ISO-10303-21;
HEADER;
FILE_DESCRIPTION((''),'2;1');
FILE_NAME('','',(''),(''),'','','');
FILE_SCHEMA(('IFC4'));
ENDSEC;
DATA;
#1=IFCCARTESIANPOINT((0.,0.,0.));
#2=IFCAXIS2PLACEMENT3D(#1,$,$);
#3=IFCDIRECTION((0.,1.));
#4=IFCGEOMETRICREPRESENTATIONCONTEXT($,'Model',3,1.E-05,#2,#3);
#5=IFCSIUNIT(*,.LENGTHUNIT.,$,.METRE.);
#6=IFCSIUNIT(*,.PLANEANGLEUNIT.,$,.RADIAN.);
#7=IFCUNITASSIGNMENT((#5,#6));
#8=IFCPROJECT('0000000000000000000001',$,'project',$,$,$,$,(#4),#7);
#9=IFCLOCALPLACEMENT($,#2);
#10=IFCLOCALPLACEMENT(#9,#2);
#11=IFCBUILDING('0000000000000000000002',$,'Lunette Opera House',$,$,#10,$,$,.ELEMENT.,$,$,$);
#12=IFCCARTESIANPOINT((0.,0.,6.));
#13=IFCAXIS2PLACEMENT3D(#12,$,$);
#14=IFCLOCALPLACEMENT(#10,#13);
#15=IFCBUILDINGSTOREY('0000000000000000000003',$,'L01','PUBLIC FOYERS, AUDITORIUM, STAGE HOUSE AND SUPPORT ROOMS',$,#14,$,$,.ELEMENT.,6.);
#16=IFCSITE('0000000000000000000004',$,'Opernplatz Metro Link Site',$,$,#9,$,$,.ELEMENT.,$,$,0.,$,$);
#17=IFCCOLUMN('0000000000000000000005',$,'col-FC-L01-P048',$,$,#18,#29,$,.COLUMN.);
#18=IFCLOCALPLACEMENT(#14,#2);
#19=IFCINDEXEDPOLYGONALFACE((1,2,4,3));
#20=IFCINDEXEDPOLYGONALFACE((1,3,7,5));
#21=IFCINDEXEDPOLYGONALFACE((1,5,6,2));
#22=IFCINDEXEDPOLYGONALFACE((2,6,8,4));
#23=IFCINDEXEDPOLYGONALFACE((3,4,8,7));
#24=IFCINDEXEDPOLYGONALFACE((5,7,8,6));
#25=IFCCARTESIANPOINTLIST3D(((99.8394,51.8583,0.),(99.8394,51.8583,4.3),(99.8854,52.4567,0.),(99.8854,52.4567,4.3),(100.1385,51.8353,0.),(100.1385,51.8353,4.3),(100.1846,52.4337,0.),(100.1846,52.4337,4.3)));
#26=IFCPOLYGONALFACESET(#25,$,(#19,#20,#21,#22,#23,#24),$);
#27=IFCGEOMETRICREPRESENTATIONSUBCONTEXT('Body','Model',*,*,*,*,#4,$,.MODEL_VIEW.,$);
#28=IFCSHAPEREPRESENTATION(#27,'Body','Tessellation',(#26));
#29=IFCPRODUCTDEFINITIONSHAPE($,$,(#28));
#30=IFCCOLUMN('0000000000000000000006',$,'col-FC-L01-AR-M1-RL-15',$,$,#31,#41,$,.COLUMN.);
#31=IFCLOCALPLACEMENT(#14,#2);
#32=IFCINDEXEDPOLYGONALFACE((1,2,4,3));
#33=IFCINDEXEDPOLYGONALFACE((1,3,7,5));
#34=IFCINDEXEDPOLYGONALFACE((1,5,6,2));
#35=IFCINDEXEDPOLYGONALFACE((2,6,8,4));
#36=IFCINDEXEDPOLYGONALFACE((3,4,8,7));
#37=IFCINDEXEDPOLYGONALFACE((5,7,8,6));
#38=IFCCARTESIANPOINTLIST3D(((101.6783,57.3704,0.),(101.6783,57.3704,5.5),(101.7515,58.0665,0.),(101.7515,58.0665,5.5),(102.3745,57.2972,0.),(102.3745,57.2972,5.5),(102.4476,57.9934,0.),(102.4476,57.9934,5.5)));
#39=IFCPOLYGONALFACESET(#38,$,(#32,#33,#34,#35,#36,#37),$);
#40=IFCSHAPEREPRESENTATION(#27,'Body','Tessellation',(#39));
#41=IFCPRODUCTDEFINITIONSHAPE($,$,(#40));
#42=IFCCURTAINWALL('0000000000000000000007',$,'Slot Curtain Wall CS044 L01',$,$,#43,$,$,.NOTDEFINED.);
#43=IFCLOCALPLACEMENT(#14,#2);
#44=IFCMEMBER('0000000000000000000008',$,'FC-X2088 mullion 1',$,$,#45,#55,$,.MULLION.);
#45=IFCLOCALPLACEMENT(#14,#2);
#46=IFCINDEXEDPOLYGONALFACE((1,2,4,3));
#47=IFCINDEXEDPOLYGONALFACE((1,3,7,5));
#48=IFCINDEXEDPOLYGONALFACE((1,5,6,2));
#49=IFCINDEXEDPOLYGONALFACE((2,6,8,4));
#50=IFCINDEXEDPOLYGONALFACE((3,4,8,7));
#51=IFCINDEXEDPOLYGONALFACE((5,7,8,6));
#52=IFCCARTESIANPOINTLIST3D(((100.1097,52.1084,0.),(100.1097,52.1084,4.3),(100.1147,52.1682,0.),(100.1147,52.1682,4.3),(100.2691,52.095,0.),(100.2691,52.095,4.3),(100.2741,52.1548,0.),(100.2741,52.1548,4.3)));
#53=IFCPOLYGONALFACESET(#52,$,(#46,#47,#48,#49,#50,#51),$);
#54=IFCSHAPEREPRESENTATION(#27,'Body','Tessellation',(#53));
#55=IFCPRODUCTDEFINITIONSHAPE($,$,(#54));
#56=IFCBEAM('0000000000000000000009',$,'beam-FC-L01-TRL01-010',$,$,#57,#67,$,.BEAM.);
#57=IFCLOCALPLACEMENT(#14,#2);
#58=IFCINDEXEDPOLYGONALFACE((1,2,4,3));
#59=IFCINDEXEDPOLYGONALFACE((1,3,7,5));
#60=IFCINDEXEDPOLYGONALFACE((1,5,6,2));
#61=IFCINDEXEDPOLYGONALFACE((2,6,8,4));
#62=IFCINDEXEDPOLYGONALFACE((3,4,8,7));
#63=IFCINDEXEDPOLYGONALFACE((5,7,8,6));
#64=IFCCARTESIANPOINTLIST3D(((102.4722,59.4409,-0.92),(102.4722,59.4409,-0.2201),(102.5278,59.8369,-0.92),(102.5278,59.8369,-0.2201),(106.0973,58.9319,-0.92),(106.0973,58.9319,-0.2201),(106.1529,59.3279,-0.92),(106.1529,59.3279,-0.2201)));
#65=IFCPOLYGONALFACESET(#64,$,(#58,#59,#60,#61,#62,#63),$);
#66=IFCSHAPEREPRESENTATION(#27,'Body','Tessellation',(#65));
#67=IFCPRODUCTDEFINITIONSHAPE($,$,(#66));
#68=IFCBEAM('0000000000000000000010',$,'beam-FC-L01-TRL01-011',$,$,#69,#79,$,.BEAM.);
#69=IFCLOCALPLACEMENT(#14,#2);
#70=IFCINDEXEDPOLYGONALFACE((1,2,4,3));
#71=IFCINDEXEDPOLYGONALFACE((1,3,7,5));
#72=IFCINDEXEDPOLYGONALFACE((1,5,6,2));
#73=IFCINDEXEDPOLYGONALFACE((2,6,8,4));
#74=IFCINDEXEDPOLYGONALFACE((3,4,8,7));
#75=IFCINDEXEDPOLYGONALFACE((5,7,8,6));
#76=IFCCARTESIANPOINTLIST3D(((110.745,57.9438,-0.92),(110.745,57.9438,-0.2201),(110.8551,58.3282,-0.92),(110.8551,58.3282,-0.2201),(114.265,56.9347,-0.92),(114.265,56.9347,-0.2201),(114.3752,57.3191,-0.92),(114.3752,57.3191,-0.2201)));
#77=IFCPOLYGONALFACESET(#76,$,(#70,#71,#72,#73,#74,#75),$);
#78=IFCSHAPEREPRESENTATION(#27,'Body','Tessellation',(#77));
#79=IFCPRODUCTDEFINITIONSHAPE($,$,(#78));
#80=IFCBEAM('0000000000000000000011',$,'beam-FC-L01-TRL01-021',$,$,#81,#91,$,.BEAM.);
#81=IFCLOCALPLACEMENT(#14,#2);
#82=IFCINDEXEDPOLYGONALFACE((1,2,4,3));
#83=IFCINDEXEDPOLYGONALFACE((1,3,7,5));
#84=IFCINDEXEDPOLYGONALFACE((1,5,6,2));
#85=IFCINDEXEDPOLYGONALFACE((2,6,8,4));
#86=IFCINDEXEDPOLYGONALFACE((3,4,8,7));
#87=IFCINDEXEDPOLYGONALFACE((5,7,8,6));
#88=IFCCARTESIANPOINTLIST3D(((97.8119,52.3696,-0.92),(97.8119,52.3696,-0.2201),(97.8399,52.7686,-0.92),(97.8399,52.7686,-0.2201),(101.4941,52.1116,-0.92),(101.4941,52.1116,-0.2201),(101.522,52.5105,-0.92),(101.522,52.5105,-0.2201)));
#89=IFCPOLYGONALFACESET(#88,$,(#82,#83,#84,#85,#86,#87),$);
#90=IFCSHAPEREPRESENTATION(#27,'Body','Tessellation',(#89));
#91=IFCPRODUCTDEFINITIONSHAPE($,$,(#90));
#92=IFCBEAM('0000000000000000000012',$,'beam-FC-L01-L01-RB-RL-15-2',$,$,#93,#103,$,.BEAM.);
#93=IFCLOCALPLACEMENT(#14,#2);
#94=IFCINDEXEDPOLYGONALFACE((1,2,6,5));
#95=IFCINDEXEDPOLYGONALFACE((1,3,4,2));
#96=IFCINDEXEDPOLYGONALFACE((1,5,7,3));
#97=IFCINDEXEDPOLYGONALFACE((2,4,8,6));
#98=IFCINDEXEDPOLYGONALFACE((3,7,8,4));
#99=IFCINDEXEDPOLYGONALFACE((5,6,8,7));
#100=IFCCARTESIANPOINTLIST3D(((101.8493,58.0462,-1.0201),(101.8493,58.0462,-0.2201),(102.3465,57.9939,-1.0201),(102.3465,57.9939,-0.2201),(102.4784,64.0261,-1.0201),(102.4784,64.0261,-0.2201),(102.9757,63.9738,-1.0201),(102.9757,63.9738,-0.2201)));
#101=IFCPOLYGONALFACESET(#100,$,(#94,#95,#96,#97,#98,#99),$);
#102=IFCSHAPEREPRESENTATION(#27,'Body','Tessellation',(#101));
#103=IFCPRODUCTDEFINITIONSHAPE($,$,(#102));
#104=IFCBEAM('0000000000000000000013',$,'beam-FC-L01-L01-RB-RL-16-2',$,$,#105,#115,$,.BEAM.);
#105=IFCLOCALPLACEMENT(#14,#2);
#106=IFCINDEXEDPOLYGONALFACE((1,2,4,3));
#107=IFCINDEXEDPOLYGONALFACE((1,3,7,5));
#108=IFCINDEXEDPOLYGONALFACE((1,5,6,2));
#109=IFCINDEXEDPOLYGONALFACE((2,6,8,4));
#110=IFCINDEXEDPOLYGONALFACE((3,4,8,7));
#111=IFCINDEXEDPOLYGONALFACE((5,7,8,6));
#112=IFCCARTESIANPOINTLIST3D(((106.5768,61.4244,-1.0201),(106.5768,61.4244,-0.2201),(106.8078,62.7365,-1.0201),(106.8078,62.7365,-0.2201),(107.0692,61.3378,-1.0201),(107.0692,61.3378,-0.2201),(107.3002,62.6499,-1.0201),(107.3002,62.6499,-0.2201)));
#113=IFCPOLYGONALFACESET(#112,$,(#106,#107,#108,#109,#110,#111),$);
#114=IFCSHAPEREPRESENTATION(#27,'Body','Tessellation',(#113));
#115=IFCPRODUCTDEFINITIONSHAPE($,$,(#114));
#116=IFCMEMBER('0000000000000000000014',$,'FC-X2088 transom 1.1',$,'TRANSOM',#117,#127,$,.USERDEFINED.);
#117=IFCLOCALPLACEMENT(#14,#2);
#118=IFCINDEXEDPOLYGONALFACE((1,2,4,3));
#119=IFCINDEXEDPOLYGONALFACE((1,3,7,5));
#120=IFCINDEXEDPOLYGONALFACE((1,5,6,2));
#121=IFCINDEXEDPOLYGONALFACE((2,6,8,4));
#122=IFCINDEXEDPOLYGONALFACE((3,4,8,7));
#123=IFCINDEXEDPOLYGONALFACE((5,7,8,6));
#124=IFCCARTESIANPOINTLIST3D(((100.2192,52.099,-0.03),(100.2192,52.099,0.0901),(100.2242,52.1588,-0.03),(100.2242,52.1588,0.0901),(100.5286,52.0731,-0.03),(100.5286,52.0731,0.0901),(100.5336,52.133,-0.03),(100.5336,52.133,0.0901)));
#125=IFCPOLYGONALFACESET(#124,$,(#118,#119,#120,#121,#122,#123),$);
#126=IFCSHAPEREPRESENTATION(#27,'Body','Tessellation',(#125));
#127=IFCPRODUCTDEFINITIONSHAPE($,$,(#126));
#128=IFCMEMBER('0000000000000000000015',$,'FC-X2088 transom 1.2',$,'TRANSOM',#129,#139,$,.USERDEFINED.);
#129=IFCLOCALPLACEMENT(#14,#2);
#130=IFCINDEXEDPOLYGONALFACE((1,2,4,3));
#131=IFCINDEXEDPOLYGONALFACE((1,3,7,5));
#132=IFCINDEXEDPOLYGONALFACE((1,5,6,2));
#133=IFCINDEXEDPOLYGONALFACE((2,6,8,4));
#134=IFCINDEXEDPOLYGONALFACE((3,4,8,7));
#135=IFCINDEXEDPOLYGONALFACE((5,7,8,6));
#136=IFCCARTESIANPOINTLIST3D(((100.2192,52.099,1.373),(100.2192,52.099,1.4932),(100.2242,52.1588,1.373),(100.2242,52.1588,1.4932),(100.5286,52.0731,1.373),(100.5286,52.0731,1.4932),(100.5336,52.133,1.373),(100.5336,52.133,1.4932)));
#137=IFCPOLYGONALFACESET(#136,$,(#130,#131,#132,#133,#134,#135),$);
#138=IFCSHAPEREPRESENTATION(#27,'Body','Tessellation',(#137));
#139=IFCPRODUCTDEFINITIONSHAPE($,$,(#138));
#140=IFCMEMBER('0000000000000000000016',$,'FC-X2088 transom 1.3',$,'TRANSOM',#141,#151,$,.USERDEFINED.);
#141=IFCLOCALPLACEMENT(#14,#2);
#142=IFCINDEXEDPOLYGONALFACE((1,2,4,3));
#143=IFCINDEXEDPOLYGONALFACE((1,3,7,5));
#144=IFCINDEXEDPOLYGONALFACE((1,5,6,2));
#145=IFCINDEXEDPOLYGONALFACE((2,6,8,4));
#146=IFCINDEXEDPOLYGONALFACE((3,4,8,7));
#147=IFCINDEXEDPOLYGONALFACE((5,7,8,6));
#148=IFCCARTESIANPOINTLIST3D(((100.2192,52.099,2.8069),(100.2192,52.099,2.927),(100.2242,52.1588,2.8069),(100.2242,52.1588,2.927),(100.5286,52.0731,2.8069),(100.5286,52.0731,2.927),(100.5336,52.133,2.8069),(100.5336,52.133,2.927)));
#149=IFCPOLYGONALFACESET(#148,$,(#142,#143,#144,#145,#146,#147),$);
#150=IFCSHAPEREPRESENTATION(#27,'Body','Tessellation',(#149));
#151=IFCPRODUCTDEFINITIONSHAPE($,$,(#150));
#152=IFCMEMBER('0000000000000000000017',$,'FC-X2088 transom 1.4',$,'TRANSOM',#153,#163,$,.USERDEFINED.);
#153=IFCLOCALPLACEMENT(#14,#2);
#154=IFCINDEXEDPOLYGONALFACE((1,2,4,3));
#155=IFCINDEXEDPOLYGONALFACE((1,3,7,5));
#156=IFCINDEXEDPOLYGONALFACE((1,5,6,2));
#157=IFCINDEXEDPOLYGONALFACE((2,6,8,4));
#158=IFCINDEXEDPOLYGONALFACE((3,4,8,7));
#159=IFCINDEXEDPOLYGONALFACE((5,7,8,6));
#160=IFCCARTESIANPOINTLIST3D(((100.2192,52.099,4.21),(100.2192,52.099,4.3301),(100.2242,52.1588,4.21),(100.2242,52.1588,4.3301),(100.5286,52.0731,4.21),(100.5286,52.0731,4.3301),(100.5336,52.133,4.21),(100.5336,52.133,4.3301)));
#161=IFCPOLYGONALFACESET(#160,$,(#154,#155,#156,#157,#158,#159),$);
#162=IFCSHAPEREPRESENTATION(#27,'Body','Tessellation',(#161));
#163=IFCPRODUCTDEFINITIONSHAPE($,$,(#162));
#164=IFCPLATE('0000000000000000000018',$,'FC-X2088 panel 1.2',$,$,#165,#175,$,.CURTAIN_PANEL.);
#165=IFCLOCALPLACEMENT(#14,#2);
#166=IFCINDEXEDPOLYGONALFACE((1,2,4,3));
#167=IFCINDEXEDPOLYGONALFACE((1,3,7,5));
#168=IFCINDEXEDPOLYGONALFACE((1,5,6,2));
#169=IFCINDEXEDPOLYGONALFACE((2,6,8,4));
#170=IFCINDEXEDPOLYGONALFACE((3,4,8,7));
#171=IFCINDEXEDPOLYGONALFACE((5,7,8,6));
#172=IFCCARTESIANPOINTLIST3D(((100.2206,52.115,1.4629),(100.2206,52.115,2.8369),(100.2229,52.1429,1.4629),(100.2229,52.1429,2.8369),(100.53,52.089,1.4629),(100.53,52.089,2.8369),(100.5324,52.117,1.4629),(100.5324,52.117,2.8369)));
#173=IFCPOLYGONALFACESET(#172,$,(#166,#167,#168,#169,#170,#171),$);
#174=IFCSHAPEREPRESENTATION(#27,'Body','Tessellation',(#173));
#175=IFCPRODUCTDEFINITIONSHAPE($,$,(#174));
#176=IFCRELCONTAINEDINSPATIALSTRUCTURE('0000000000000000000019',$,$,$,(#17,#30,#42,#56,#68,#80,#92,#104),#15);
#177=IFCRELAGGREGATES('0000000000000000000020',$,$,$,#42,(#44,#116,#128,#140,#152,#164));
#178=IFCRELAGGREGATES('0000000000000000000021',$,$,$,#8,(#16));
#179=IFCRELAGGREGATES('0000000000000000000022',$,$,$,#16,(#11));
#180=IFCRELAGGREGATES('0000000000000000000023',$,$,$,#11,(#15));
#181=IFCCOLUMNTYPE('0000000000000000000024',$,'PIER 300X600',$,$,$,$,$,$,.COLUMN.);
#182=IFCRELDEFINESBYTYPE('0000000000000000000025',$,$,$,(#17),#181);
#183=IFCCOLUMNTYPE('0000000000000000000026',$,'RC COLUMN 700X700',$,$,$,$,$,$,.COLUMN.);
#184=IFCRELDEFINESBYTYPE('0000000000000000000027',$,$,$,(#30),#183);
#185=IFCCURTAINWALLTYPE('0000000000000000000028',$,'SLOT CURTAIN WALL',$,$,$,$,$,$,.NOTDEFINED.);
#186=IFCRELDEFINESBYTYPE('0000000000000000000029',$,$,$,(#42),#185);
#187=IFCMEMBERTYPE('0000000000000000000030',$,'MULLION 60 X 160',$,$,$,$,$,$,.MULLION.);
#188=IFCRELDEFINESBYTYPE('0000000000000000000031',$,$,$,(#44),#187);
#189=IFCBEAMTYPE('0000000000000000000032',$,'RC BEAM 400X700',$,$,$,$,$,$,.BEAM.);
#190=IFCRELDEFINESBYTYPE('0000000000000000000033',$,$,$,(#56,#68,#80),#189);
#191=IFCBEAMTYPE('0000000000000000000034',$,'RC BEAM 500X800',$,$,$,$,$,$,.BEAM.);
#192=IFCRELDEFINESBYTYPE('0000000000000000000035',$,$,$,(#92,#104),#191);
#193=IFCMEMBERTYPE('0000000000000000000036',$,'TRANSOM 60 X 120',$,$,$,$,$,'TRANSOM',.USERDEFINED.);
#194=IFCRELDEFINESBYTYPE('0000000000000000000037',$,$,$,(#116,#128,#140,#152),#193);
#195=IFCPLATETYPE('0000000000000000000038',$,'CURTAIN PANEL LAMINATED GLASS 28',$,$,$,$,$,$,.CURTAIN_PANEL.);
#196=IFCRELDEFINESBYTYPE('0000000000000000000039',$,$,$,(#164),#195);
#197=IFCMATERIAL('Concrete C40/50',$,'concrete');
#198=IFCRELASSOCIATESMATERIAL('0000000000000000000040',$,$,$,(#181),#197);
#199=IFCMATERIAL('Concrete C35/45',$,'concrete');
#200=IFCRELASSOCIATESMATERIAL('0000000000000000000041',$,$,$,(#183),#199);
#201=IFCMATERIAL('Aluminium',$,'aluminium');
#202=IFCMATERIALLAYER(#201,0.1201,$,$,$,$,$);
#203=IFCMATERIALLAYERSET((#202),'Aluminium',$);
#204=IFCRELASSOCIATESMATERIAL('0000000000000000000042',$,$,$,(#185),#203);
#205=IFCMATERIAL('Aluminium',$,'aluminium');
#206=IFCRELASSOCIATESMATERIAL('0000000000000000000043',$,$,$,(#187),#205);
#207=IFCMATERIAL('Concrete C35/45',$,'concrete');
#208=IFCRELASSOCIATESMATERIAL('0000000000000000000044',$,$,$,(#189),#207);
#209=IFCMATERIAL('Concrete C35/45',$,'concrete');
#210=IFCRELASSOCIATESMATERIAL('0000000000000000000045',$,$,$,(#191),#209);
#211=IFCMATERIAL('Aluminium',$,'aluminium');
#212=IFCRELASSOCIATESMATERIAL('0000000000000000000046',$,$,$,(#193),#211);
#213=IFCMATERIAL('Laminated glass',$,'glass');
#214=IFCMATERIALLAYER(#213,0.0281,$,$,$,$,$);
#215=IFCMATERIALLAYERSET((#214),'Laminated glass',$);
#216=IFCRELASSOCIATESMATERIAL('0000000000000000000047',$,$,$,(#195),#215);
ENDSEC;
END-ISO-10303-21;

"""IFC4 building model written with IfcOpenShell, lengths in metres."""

from ifc_helpers import new_model, si_unit, direction, frame, origin, origin_2d, place, context, subcontext, project, spatial, rectangle, extrude, material, layer, layer_set, material_profile, profile_set, type_object, element, aggregate, save


model = new_model("IFC4")

# Units and contexts
model_context = context("Model", 3, precision=1e-05, world=origin(), true_north=direction((0.0, 1.0)))
body_context = subcontext(model_context, "Body", "Model", "MODEL_VIEW")
ifc_project = project(units=[si_unit("LENGTHUNIT", "METRE"), si_unit("PLANEANGLEUNIT", "RADIAN")], contexts=[model_context])

# Site, building, storey
site_placement = place(None, origin())
site = spatial("IfcSite", under=ifc_project, at=site_placement, Name="Opernplatz Metro Link Site", CompositionType="ELEMENT", RefElevation=0.0)
building_placement = place(site_placement, origin())
building = spatial("IfcBuilding", under=site, at=building_placement, Name="Lunette Opera House", CompositionType="ELEMENT")
storey_placement = place(building_placement, frame((0.0, 0.0, 6.0)))
storey = spatial("IfcBuildingStorey", under=building, at=storey_placement, Name="L01", Description="PUBLIC FOYERS, AUDITORIUM, STAGE HOUSE AND SUPPORT ROOMS", CompositionType="ELEMENT", Elevation=6.0)

# Columns
ifc_material_1 = material(Name="Concrete C40/50", Category="concrete")
ifc_material_profile_1 = material_profile(ifc_material_1, rectangle(XDim=0.3, YDim=0.6001, at=origin_2d()), Name="PIER 300X600")
ifc_profile_set_1 = profile_set([ifc_material_profile_1], Name="Concrete C40/50")
column_type_1 = type_object("IfcColumnType", Name="PIER 300X600", PredefinedType="COLUMN", material=ifc_profile_set_1)
column_1_placement = place(storey_placement, frame((100.012, 52.146, 0.0), z_axis=(0.0, 0.0, 1.0), x_axis=(0.997053, -0.076719, 0.0)))
element("IfcColumn", 1, at=column_1_placement, inside=storey, type_object=column_type_1, Name="col-FC-L01-P048", PredefinedType="COLUMN", context=body_context, shape_type="SweptSolid", body=[
    extrude(rectangle(XDim=0.3, YDim=0.6001, at=origin_2d()), origin(), (0.0, 0.0, 1.0), 4.3),
])
ifc_material_2 = material(Name="Concrete C35/45", Category="concrete")
ifc_material_profile_2 = material_profile(ifc_material_2, rectangle(XDim=0.7, YDim=0.7, at=origin_2d()), Name="RC COLUMN 700X700")
ifc_profile_set_2 = profile_set([ifc_material_profile_2], Name="Concrete C35/45")
column_type_2 = type_object("IfcColumnType", Name="RC COLUMN 700X700", PredefinedType="COLUMN", material=ifc_profile_set_2)
column_2_placement = place(storey_placement, frame((102.063, 57.6819, 0.0), z_axis=(0.0, 0.0, 1.0), x_axis=(0.994522, -0.104528, 0.0)))
element("IfcColumn", 2, at=column_2_placement, inside=storey, type_object=column_type_2, Name="col-FC-L01-AR-M1-RL-15", PredefinedType="COLUMN", context=body_context, shape_type="SweptSolid", body=[
    extrude(rectangle(XDim=0.7, YDim=0.7, at=origin_2d()), origin(), (0.0, 0.0, 1.0), 5.5),
])

# Curtain wall, member
ifc_material_3 = material(Name="Aluminium", Category="aluminium")
ifc_layer_1 = layer(ifc_material_3, 0.1201)
ifc_layer_set_1 = layer_set([ifc_layer_1], Name="Aluminium")
curtain_wall_type = type_object("IfcCurtainWallType", Name="SLOT CURTAIN WALL", PredefinedType="NOTDEFINED", material=ifc_layer_set_1)
curtain_wall_placement = place(storey_placement, origin())
curtain_wall = element("IfcCurtainWall", 3, at=curtain_wall_placement, inside=storey, type_object=curtain_wall_type, Name="Slot Curtain Wall CS044 L01", PredefinedType="NOTDEFINED")
ifc_material_4 = material(Name="Aluminium", Category="aluminium")
ifc_material_profile_3 = material_profile(ifc_material_4, rectangle(XDim=0.0601, YDim=0.1599, at=origin_2d()), Name="MULLION 60 X 160")
ifc_profile_set_3 = profile_set([ifc_material_profile_3], Name="Aluminium")
member_type_1 = type_object("IfcMemberType", Name="MULLION 60 X 160", PredefinedType="MULLION", material=ifc_profile_set_3)
member_1_placement = place(storey_placement, frame((100.1919, 52.1316, 0.0), z_axis=(0.0, 0.0, 1.0), x_axis=(0.083622, 0.996498, 0.0)))
member_1 = element("IfcMember", 4, at=member_1_placement, type_object=member_type_1, Name="FC-X2088 mullion 1", PredefinedType="MULLION", context=body_context, shape_type="SweptSolid", body=[
    extrude(rectangle(XDim=0.0601, YDim=0.1599, at=origin_2d()), origin(), (0.0, 0.0, 1.0), 4.3),
])

# Beams
ifc_material_5 = material(Name="Concrete C35/45", Category="concrete")
ifc_material_profile_4 = material_profile(ifc_material_5, rectangle(XDim=0.3999, YDim=0.7, at=origin_2d()), Name="RC BEAM 400X700")
ifc_profile_set_4 = profile_set([ifc_material_profile_4], Name="Concrete C35/45")
beam_type_1 = type_object("IfcBeamType", Name="RC BEAM 400X700", PredefinedType="BEAM", material=ifc_profile_set_4)
beam_1_placement = place(storey_placement, frame((102.5, 59.6389, -0.5701), z_axis=(0.990284, -0.139059, 0.0), x_axis=(0.139059, 0.990284, 0.0)))
element("IfcBeam", 5, at=beam_1_placement, inside=storey, type_object=beam_type_1, Name="beam-FC-L01-TRL01-010", PredefinedType="BEAM", context=body_context, shape_type="SweptSolid", body=[
    extrude(rectangle(XDim=0.3999, YDim=0.7, at=origin_2d()), origin(), (0.0, 0.0, 1.0), 3.6606),
])
beam_2_placement = place(storey_placement, frame((110.8, 58.136, -0.5701), z_axis=(0.961285, -0.275558, 0.0), x_axis=(0.275558, 0.961285, 0.0)))
element("IfcBeam", 6, at=beam_2_placement, inside=storey, type_object=beam_type_1, Name="beam-FC-L01-TRL01-011", PredefinedType="BEAM", context=body_context, shape_type="SweptSolid", body=[
    extrude(rectangle(XDim=0.3999, YDim=0.7, at=origin_2d()), origin(), (0.0, 0.0, 1.0), 3.6619),
])
beam_3_placement = place(storey_placement, frame((101.5081, 52.311, -0.5701), z_axis=(-0.997553, 0.069912, 0.0), x_axis=(-0.069912, -0.997553, 0.0)))
element("IfcBeam", 7, at=beam_3_placement, inside=storey, type_object=beam_type_1, Name="beam-FC-L01-TRL01-021", PredefinedType="BEAM", context=body_context, shape_type="SweptSolid", body=[
    extrude(rectangle(XDim=0.3999, YDim=0.7, at=origin_2d()), origin(), (0.0, 0.0, 1.0), 3.6912),
])
ifc_material_6 = material(Name="Concrete C35/45", Category="concrete")
ifc_material_profile_5 = material_profile(ifc_material_6, rectangle(XDim=0.5, YDim=0.8, at=origin_2d()), Name="RC BEAM 500X800")
ifc_profile_set_5 = profile_set([ifc_material_profile_5], Name="Concrete C35/45")
beam_type_2 = type_object("IfcBeamType", Name="RC BEAM 500X800", PredefinedType="BEAM", material=ifc_profile_set_5)
beam_4_placement = place(storey_placement, frame((102.0979, 58.02, -0.6201), z_axis=(0.104632, 0.994511, 0.0), x_axis=(-0.994511, 0.104632, 0.0)))
element("IfcBeam", 8, at=beam_4_placement, inside=storey, type_object=beam_type_2, Name="beam-FC-L01-L01-RB-RL-15-2", PredefinedType="BEAM", context=body_context, shape_type="SweptSolid", body=[
    extrude(rectangle(XDim=0.5, YDim=0.8, at=origin_2d()), origin(), (0.0, 0.0, 1.0), 6.0129),
])
beam_5_placement = place(storey_placement, frame((106.823, 61.3811, -0.6201), z_axis=(0.173367, 0.984857, 0.0), x_axis=(-0.984857, 0.173367, 0.0)))
element("IfcBeam", 9, at=beam_5_placement, inside=storey, type_object=beam_type_2, Name="beam-FC-L01-L01-RB-RL-16-2", PredefinedType="BEAM", context=body_context, shape_type="SweptSolid", body=[
    extrude(rectangle(XDim=0.5, YDim=0.8, at=origin_2d()), origin(), (0.0, 0.0, 1.0), 1.3323),
])

# Members
ifc_material_7 = material(Name="Aluminium", Category="aluminium")
ifc_material_profile_6 = material_profile(ifc_material_7, rectangle(XDim=0.0601, YDim=0.1201, at=origin_2d()), Name="TRANSOM 60 X 120")
ifc_profile_set_6 = profile_set([ifc_material_profile_6], Name="Aluminium")
member_type_2 = type_object("IfcMemberType", Name="TRANSOM 60 X 120", ElementType="TRANSOM", PredefinedType="USERDEFINED", material=ifc_profile_set_6)
member_2_placement = place(storey_placement, frame((100.2217, 52.1289, 0.03), z_axis=(0.996524, -0.083306, 0.0), x_axis=(0.083306, 0.996524, 0.0)))
member_2 = element("IfcMember", 10, at=member_2_placement, type_object=member_type_2, Name="FC-X2088 transom 1.1", ObjectType="TRANSOM", PredefinedType="USERDEFINED", context=body_context, shape_type="SweptSolid", body=[
    extrude(rectangle(XDim=0.0601, YDim=0.1201, at=origin_2d()), origin(), (0.0, 0.0, 1.0), 0.3105),
])
member_3_placement = place(storey_placement, frame((100.2217, 52.1289, 1.4331), z_axis=(0.996524, -0.083306, 0.0), x_axis=(0.083306, 0.996524, 0.0)))
member_3 = element("IfcMember", 11, at=member_3_placement, type_object=member_type_2, Name="FC-X2088 transom 1.2", ObjectType="TRANSOM", PredefinedType="USERDEFINED", context=body_context, shape_type="SweptSolid", body=[
    extrude(rectangle(XDim=0.0601, YDim=0.1201, at=origin_2d()), origin(), (0.0, 0.0, 1.0), 0.3105),
])
member_4_placement = place(storey_placement, frame((100.2217, 52.1289, 2.8669), z_axis=(0.996524, -0.083306, 0.0), x_axis=(0.083306, 0.996524, 0.0)))
member_4 = element("IfcMember", 12, at=member_4_placement, type_object=member_type_2, Name="FC-X2088 transom 1.3", ObjectType="TRANSOM", PredefinedType="USERDEFINED", context=body_context, shape_type="SweptSolid", body=[
    extrude(rectangle(XDim=0.0601, YDim=0.1201, at=origin_2d()), origin(), (0.0, 0.0, 1.0), 0.3105),
])
member_5_placement = place(storey_placement, frame((100.2217, 52.1289, 4.27), z_axis=(0.996524, -0.083306, 0.0), x_axis=(0.083306, 0.996524, 0.0)))
member_5 = element("IfcMember", 13, at=member_5_placement, type_object=member_type_2, Name="FC-X2088 transom 1.4", ObjectType="TRANSOM", PredefinedType="USERDEFINED", context=body_context, shape_type="SweptSolid", body=[
    extrude(rectangle(XDim=0.0601, YDim=0.1201, at=origin_2d()), origin(), (0.0, 0.0, 1.0), 0.3105),
])

# Plate
ifc_material_8 = material(Name="Laminated glass", Category="glass")
ifc_layer_2 = layer(ifc_material_8, 0.0281)
ifc_layer_set_2 = layer_set([ifc_layer_2], Name="Laminated glass")
plate_type = type_object("IfcPlateType", Name="CURTAIN PANEL LAMINATED GLASS 28", PredefinedType="CURTAIN_PANEL", material=ifc_layer_set_2)
plate_1_placement = place(storey_placement, frame((100.3765, 52.116, 1.4629), z_axis=(0.0, 0.0, 1.0), x_axis=(0.996498, -0.083622, 0.0)))
plate_1 = element("IfcPlate", 14, at=plate_1_placement, type_object=plate_type, Name="FC-X2088 panel 1.2", PredefinedType="CURTAIN_PANEL", context=body_context, shape_type="SweptSolid", body=[
    extrude(rectangle(XDim=0.3105, YDim=0.0281, at=origin_2d()), origin(), (0.0, 0.0, 1.0), 1.374),
])
aggregate(curtain_wall, [member_1, member_2, member_3, member_4, member_5, plate_1])

save(model, "model.ifc")
